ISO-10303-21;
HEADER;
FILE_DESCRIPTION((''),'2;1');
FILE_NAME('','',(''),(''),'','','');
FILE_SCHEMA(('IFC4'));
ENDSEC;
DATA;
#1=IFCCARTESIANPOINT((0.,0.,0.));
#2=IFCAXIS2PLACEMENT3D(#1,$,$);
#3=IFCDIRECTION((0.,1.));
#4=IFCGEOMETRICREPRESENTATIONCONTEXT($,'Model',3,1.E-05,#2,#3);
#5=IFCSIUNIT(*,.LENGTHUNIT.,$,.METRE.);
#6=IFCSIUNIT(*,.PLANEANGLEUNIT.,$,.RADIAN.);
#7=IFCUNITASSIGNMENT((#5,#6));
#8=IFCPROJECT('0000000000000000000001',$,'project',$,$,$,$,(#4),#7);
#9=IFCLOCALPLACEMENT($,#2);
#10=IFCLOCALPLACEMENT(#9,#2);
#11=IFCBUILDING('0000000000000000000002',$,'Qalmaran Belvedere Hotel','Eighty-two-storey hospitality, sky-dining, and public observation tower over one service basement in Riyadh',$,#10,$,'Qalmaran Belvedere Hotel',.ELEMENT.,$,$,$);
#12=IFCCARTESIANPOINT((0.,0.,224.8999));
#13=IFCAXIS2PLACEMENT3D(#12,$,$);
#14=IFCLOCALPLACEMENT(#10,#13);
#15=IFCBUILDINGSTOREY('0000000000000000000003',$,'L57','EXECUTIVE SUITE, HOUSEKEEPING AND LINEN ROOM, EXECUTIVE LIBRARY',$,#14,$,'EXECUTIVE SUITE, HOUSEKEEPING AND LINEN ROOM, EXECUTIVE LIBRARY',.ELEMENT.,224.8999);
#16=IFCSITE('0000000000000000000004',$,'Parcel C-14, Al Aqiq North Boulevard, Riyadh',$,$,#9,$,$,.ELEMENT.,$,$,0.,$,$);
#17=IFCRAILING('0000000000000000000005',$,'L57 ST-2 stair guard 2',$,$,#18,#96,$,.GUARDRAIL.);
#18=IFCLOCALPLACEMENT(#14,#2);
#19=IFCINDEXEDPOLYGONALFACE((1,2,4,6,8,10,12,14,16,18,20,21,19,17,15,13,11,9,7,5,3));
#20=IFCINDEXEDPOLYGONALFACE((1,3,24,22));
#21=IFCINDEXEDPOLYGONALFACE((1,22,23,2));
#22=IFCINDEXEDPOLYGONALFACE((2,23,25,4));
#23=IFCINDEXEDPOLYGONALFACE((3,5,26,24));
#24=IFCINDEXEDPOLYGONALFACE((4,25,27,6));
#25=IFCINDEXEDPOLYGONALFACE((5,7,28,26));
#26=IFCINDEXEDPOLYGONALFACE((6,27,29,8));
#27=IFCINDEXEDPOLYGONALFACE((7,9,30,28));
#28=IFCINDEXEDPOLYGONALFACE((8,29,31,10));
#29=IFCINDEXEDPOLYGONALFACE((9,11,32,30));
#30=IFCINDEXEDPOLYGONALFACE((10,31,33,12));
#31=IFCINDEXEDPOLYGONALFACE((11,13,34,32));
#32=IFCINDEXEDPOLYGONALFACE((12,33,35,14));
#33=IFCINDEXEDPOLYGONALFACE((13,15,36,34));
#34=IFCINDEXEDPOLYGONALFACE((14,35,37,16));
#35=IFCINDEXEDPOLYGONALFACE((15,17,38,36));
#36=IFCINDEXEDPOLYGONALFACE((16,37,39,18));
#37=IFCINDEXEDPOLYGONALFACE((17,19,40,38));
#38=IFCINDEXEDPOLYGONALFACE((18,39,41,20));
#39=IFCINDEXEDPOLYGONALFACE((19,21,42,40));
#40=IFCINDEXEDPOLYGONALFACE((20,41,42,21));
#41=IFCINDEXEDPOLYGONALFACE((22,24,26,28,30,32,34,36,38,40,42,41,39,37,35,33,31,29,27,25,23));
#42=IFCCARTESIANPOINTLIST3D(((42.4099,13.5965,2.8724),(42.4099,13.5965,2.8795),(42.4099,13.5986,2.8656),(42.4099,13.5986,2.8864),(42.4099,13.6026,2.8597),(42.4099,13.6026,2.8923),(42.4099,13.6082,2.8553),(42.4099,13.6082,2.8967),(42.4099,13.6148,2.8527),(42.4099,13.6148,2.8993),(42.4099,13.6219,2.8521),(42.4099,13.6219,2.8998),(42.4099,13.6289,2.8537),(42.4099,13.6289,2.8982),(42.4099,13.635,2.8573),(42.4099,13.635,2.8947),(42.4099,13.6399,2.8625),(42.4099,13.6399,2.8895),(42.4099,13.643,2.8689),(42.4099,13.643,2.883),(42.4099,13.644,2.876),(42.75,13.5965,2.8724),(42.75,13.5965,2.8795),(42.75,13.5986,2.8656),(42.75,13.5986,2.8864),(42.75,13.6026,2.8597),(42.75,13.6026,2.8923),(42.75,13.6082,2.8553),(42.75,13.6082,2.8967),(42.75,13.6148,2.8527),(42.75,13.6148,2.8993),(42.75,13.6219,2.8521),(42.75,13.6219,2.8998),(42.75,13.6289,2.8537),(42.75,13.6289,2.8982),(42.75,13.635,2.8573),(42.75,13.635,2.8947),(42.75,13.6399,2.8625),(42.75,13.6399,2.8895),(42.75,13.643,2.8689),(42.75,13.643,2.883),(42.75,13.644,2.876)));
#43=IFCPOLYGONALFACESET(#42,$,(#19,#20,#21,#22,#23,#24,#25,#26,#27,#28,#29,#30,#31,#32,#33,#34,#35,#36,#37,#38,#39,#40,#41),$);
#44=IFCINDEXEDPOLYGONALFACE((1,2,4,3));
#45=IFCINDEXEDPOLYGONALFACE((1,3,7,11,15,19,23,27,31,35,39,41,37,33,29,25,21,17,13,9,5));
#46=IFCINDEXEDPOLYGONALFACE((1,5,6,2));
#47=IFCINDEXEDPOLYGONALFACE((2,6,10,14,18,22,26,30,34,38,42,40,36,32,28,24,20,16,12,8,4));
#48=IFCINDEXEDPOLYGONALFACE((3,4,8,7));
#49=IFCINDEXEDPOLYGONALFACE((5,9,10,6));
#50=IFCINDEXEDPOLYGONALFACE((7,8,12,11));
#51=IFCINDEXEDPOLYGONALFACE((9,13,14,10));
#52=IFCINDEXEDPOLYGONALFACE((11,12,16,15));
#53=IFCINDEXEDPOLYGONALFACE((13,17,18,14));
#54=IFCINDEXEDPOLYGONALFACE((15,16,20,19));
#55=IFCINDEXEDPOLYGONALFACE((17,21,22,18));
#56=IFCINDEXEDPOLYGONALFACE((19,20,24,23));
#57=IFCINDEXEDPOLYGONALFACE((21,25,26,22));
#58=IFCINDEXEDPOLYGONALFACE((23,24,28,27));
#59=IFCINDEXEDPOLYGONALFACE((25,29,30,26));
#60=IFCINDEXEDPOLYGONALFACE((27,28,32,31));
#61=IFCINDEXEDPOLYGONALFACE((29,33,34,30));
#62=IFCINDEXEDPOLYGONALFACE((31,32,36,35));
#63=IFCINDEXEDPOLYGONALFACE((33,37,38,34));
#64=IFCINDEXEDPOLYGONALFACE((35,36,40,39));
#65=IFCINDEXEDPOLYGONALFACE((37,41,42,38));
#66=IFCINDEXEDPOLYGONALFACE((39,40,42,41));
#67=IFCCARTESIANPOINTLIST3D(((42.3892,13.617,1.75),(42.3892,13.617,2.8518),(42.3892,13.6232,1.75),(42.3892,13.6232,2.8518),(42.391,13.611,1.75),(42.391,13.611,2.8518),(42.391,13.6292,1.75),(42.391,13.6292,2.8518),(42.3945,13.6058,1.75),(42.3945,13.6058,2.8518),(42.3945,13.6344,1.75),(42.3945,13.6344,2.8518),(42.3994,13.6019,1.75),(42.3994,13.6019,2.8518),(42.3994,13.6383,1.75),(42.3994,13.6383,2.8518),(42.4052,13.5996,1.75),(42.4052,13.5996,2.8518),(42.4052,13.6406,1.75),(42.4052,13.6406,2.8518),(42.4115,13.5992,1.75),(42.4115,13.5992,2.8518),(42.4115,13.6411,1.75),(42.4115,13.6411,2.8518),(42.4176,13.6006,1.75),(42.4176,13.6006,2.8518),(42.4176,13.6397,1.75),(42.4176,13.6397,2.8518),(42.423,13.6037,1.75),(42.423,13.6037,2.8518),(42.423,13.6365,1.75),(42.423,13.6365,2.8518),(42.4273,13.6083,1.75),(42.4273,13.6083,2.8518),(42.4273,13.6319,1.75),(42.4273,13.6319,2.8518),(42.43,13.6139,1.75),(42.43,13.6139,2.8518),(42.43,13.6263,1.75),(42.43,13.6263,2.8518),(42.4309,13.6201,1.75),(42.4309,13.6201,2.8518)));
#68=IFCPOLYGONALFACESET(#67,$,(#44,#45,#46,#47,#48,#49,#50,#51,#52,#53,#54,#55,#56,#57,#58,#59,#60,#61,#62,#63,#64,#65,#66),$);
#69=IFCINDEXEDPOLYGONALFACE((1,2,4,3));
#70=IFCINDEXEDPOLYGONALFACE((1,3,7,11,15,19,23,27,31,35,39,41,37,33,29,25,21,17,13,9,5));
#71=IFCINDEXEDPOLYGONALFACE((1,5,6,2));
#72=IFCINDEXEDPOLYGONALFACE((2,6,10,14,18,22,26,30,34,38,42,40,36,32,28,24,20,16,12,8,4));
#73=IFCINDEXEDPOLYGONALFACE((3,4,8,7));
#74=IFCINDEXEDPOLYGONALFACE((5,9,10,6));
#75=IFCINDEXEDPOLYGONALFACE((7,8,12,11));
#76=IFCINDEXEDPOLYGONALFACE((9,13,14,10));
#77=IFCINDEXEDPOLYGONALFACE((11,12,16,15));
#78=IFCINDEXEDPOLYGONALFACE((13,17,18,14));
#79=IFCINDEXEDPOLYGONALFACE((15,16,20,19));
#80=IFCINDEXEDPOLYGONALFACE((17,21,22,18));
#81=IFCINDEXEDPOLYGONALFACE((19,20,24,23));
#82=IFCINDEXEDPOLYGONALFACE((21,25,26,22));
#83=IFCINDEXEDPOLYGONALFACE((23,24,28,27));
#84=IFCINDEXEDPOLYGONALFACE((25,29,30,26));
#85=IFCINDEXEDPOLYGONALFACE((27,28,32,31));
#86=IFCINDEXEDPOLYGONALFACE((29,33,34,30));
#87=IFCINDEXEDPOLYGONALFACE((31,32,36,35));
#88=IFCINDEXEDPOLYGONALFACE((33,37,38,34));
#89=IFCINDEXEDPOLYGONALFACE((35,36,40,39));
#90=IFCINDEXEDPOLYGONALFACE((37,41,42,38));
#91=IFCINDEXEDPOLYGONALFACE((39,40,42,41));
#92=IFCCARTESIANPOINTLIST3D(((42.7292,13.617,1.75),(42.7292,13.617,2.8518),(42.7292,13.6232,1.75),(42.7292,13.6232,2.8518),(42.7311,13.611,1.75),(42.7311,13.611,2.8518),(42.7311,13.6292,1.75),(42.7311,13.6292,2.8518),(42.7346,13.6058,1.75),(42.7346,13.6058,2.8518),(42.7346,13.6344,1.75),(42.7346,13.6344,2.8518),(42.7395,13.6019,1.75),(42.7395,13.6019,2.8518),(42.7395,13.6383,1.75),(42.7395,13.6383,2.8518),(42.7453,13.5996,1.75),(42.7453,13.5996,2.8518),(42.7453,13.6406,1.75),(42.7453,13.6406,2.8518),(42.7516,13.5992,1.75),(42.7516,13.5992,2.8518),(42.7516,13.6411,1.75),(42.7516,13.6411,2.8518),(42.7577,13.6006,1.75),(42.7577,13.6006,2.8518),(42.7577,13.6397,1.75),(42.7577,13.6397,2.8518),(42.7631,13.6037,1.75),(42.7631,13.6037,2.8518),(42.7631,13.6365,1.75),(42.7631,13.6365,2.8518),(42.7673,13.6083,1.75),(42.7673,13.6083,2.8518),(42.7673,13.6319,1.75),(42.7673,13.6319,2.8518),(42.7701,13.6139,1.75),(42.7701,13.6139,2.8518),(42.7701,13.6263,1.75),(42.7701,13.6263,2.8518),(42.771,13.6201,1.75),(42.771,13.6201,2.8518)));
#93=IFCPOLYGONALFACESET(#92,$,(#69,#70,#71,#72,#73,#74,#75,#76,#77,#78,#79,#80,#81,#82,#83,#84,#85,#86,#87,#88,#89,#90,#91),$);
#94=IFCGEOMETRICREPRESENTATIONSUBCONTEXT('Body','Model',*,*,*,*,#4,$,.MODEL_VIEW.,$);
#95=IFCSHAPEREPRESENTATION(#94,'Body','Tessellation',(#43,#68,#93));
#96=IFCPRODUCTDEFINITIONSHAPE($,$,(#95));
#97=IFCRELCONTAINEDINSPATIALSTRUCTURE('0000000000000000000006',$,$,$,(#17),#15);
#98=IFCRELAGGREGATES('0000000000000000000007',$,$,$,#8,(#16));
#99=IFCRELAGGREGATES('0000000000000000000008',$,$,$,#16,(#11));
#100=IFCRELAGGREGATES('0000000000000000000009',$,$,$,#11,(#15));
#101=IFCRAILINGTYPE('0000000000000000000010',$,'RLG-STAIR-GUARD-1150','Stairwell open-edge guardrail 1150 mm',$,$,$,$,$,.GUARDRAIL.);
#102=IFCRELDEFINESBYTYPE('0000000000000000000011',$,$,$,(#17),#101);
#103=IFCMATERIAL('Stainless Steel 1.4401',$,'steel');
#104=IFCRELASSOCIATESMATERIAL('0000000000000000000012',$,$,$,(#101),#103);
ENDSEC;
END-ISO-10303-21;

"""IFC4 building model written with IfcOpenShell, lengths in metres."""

from ifc_helpers import new_model, si_unit, direction, frame, origin, origin_2d, place, context, subcontext, project, spatial, circle, extrude, material, type_object, element, save


model = new_model("IFC4")

# Units and contexts
model_context = context("Model", 3, precision=1e-05, world=origin(), true_north=direction((0.0, 1.0)))
body_context = subcontext(model_context, "Body", "Model", "MODEL_VIEW")
ifc_project = project(units=[si_unit("LENGTHUNIT", "METRE"), si_unit("PLANEANGLEUNIT", "RADIAN")], contexts=[model_context])

# Site, building, storey
site_placement = place(None, origin())
site = spatial("IfcSite", under=ifc_project, at=site_placement, Name="Parcel C-14, Al Aqiq North Boulevard, Riyadh", CompositionType="ELEMENT", RefElevation=0.0)
building_placement = place(site_placement, origin())
building = spatial("IfcBuilding", under=site, at=building_placement, Name="Qalmaran Belvedere Hotel", Description="Eighty-two-storey hospitality, sky-dining, and public observation tower over one service basement in Riyadh", LongName="Qalmaran Belvedere Hotel", CompositionType="ELEMENT")
storey_placement = place(building_placement, frame((0.0, 0.0, 224.8999)))
storey = spatial("IfcBuildingStorey", under=building, at=storey_placement, Name="L57", Description="EXECUTIVE SUITE, HOUSEKEEPING AND LINEN ROOM, EXECUTIVE LIBRARY", LongName="EXECUTIVE SUITE, HOUSEKEEPING AND LINEN ROOM, EXECUTIVE LIBRARY", CompositionType="ELEMENT", Elevation=224.8999)

# Railing
ifc_material_1 = material(Name="Stainless Steel 1.4401", Category="steel")
railing_type_1 = type_object("IfcRailingType", Name="RLG-STAIR-GUARD-1150", Description="Stairwell open-edge guardrail 1150 mm", PredefinedType="GUARDRAIL", material=ifc_material_1)
railing_1_placement = place(storey_placement, frame((42.4099, 13.6201, 1.75)))
element("IfcRailing", 1, at=railing_1_placement, inside=storey, type_object=railing_type_1, Name="L57 ST-2 stair guard 2", PredefinedType="GUARDRAIL", context=body_context, shape_type="SweptSolid", body=[
    extrude(circle(Radius=0.0239, at=origin_2d()), frame((0.0, 0.0, 1.126), z_axis=(1.0, 0.0, 0.0), x_axis=(0.0, 1.0, 0.0)), (0.0, 0.0, 1.0), 0.3401),
    extrude(circle(Radius=0.021, at=origin_2d()), origin(), (0.0, 0.0, 1.0), 1.1018),
    extrude(circle(Radius=0.021, at=origin_2d()), frame((0.3401, 0.0, 0.0)), (0.0, 0.0, 1.0), 1.1018),
])

save(model, "model.ifc")
